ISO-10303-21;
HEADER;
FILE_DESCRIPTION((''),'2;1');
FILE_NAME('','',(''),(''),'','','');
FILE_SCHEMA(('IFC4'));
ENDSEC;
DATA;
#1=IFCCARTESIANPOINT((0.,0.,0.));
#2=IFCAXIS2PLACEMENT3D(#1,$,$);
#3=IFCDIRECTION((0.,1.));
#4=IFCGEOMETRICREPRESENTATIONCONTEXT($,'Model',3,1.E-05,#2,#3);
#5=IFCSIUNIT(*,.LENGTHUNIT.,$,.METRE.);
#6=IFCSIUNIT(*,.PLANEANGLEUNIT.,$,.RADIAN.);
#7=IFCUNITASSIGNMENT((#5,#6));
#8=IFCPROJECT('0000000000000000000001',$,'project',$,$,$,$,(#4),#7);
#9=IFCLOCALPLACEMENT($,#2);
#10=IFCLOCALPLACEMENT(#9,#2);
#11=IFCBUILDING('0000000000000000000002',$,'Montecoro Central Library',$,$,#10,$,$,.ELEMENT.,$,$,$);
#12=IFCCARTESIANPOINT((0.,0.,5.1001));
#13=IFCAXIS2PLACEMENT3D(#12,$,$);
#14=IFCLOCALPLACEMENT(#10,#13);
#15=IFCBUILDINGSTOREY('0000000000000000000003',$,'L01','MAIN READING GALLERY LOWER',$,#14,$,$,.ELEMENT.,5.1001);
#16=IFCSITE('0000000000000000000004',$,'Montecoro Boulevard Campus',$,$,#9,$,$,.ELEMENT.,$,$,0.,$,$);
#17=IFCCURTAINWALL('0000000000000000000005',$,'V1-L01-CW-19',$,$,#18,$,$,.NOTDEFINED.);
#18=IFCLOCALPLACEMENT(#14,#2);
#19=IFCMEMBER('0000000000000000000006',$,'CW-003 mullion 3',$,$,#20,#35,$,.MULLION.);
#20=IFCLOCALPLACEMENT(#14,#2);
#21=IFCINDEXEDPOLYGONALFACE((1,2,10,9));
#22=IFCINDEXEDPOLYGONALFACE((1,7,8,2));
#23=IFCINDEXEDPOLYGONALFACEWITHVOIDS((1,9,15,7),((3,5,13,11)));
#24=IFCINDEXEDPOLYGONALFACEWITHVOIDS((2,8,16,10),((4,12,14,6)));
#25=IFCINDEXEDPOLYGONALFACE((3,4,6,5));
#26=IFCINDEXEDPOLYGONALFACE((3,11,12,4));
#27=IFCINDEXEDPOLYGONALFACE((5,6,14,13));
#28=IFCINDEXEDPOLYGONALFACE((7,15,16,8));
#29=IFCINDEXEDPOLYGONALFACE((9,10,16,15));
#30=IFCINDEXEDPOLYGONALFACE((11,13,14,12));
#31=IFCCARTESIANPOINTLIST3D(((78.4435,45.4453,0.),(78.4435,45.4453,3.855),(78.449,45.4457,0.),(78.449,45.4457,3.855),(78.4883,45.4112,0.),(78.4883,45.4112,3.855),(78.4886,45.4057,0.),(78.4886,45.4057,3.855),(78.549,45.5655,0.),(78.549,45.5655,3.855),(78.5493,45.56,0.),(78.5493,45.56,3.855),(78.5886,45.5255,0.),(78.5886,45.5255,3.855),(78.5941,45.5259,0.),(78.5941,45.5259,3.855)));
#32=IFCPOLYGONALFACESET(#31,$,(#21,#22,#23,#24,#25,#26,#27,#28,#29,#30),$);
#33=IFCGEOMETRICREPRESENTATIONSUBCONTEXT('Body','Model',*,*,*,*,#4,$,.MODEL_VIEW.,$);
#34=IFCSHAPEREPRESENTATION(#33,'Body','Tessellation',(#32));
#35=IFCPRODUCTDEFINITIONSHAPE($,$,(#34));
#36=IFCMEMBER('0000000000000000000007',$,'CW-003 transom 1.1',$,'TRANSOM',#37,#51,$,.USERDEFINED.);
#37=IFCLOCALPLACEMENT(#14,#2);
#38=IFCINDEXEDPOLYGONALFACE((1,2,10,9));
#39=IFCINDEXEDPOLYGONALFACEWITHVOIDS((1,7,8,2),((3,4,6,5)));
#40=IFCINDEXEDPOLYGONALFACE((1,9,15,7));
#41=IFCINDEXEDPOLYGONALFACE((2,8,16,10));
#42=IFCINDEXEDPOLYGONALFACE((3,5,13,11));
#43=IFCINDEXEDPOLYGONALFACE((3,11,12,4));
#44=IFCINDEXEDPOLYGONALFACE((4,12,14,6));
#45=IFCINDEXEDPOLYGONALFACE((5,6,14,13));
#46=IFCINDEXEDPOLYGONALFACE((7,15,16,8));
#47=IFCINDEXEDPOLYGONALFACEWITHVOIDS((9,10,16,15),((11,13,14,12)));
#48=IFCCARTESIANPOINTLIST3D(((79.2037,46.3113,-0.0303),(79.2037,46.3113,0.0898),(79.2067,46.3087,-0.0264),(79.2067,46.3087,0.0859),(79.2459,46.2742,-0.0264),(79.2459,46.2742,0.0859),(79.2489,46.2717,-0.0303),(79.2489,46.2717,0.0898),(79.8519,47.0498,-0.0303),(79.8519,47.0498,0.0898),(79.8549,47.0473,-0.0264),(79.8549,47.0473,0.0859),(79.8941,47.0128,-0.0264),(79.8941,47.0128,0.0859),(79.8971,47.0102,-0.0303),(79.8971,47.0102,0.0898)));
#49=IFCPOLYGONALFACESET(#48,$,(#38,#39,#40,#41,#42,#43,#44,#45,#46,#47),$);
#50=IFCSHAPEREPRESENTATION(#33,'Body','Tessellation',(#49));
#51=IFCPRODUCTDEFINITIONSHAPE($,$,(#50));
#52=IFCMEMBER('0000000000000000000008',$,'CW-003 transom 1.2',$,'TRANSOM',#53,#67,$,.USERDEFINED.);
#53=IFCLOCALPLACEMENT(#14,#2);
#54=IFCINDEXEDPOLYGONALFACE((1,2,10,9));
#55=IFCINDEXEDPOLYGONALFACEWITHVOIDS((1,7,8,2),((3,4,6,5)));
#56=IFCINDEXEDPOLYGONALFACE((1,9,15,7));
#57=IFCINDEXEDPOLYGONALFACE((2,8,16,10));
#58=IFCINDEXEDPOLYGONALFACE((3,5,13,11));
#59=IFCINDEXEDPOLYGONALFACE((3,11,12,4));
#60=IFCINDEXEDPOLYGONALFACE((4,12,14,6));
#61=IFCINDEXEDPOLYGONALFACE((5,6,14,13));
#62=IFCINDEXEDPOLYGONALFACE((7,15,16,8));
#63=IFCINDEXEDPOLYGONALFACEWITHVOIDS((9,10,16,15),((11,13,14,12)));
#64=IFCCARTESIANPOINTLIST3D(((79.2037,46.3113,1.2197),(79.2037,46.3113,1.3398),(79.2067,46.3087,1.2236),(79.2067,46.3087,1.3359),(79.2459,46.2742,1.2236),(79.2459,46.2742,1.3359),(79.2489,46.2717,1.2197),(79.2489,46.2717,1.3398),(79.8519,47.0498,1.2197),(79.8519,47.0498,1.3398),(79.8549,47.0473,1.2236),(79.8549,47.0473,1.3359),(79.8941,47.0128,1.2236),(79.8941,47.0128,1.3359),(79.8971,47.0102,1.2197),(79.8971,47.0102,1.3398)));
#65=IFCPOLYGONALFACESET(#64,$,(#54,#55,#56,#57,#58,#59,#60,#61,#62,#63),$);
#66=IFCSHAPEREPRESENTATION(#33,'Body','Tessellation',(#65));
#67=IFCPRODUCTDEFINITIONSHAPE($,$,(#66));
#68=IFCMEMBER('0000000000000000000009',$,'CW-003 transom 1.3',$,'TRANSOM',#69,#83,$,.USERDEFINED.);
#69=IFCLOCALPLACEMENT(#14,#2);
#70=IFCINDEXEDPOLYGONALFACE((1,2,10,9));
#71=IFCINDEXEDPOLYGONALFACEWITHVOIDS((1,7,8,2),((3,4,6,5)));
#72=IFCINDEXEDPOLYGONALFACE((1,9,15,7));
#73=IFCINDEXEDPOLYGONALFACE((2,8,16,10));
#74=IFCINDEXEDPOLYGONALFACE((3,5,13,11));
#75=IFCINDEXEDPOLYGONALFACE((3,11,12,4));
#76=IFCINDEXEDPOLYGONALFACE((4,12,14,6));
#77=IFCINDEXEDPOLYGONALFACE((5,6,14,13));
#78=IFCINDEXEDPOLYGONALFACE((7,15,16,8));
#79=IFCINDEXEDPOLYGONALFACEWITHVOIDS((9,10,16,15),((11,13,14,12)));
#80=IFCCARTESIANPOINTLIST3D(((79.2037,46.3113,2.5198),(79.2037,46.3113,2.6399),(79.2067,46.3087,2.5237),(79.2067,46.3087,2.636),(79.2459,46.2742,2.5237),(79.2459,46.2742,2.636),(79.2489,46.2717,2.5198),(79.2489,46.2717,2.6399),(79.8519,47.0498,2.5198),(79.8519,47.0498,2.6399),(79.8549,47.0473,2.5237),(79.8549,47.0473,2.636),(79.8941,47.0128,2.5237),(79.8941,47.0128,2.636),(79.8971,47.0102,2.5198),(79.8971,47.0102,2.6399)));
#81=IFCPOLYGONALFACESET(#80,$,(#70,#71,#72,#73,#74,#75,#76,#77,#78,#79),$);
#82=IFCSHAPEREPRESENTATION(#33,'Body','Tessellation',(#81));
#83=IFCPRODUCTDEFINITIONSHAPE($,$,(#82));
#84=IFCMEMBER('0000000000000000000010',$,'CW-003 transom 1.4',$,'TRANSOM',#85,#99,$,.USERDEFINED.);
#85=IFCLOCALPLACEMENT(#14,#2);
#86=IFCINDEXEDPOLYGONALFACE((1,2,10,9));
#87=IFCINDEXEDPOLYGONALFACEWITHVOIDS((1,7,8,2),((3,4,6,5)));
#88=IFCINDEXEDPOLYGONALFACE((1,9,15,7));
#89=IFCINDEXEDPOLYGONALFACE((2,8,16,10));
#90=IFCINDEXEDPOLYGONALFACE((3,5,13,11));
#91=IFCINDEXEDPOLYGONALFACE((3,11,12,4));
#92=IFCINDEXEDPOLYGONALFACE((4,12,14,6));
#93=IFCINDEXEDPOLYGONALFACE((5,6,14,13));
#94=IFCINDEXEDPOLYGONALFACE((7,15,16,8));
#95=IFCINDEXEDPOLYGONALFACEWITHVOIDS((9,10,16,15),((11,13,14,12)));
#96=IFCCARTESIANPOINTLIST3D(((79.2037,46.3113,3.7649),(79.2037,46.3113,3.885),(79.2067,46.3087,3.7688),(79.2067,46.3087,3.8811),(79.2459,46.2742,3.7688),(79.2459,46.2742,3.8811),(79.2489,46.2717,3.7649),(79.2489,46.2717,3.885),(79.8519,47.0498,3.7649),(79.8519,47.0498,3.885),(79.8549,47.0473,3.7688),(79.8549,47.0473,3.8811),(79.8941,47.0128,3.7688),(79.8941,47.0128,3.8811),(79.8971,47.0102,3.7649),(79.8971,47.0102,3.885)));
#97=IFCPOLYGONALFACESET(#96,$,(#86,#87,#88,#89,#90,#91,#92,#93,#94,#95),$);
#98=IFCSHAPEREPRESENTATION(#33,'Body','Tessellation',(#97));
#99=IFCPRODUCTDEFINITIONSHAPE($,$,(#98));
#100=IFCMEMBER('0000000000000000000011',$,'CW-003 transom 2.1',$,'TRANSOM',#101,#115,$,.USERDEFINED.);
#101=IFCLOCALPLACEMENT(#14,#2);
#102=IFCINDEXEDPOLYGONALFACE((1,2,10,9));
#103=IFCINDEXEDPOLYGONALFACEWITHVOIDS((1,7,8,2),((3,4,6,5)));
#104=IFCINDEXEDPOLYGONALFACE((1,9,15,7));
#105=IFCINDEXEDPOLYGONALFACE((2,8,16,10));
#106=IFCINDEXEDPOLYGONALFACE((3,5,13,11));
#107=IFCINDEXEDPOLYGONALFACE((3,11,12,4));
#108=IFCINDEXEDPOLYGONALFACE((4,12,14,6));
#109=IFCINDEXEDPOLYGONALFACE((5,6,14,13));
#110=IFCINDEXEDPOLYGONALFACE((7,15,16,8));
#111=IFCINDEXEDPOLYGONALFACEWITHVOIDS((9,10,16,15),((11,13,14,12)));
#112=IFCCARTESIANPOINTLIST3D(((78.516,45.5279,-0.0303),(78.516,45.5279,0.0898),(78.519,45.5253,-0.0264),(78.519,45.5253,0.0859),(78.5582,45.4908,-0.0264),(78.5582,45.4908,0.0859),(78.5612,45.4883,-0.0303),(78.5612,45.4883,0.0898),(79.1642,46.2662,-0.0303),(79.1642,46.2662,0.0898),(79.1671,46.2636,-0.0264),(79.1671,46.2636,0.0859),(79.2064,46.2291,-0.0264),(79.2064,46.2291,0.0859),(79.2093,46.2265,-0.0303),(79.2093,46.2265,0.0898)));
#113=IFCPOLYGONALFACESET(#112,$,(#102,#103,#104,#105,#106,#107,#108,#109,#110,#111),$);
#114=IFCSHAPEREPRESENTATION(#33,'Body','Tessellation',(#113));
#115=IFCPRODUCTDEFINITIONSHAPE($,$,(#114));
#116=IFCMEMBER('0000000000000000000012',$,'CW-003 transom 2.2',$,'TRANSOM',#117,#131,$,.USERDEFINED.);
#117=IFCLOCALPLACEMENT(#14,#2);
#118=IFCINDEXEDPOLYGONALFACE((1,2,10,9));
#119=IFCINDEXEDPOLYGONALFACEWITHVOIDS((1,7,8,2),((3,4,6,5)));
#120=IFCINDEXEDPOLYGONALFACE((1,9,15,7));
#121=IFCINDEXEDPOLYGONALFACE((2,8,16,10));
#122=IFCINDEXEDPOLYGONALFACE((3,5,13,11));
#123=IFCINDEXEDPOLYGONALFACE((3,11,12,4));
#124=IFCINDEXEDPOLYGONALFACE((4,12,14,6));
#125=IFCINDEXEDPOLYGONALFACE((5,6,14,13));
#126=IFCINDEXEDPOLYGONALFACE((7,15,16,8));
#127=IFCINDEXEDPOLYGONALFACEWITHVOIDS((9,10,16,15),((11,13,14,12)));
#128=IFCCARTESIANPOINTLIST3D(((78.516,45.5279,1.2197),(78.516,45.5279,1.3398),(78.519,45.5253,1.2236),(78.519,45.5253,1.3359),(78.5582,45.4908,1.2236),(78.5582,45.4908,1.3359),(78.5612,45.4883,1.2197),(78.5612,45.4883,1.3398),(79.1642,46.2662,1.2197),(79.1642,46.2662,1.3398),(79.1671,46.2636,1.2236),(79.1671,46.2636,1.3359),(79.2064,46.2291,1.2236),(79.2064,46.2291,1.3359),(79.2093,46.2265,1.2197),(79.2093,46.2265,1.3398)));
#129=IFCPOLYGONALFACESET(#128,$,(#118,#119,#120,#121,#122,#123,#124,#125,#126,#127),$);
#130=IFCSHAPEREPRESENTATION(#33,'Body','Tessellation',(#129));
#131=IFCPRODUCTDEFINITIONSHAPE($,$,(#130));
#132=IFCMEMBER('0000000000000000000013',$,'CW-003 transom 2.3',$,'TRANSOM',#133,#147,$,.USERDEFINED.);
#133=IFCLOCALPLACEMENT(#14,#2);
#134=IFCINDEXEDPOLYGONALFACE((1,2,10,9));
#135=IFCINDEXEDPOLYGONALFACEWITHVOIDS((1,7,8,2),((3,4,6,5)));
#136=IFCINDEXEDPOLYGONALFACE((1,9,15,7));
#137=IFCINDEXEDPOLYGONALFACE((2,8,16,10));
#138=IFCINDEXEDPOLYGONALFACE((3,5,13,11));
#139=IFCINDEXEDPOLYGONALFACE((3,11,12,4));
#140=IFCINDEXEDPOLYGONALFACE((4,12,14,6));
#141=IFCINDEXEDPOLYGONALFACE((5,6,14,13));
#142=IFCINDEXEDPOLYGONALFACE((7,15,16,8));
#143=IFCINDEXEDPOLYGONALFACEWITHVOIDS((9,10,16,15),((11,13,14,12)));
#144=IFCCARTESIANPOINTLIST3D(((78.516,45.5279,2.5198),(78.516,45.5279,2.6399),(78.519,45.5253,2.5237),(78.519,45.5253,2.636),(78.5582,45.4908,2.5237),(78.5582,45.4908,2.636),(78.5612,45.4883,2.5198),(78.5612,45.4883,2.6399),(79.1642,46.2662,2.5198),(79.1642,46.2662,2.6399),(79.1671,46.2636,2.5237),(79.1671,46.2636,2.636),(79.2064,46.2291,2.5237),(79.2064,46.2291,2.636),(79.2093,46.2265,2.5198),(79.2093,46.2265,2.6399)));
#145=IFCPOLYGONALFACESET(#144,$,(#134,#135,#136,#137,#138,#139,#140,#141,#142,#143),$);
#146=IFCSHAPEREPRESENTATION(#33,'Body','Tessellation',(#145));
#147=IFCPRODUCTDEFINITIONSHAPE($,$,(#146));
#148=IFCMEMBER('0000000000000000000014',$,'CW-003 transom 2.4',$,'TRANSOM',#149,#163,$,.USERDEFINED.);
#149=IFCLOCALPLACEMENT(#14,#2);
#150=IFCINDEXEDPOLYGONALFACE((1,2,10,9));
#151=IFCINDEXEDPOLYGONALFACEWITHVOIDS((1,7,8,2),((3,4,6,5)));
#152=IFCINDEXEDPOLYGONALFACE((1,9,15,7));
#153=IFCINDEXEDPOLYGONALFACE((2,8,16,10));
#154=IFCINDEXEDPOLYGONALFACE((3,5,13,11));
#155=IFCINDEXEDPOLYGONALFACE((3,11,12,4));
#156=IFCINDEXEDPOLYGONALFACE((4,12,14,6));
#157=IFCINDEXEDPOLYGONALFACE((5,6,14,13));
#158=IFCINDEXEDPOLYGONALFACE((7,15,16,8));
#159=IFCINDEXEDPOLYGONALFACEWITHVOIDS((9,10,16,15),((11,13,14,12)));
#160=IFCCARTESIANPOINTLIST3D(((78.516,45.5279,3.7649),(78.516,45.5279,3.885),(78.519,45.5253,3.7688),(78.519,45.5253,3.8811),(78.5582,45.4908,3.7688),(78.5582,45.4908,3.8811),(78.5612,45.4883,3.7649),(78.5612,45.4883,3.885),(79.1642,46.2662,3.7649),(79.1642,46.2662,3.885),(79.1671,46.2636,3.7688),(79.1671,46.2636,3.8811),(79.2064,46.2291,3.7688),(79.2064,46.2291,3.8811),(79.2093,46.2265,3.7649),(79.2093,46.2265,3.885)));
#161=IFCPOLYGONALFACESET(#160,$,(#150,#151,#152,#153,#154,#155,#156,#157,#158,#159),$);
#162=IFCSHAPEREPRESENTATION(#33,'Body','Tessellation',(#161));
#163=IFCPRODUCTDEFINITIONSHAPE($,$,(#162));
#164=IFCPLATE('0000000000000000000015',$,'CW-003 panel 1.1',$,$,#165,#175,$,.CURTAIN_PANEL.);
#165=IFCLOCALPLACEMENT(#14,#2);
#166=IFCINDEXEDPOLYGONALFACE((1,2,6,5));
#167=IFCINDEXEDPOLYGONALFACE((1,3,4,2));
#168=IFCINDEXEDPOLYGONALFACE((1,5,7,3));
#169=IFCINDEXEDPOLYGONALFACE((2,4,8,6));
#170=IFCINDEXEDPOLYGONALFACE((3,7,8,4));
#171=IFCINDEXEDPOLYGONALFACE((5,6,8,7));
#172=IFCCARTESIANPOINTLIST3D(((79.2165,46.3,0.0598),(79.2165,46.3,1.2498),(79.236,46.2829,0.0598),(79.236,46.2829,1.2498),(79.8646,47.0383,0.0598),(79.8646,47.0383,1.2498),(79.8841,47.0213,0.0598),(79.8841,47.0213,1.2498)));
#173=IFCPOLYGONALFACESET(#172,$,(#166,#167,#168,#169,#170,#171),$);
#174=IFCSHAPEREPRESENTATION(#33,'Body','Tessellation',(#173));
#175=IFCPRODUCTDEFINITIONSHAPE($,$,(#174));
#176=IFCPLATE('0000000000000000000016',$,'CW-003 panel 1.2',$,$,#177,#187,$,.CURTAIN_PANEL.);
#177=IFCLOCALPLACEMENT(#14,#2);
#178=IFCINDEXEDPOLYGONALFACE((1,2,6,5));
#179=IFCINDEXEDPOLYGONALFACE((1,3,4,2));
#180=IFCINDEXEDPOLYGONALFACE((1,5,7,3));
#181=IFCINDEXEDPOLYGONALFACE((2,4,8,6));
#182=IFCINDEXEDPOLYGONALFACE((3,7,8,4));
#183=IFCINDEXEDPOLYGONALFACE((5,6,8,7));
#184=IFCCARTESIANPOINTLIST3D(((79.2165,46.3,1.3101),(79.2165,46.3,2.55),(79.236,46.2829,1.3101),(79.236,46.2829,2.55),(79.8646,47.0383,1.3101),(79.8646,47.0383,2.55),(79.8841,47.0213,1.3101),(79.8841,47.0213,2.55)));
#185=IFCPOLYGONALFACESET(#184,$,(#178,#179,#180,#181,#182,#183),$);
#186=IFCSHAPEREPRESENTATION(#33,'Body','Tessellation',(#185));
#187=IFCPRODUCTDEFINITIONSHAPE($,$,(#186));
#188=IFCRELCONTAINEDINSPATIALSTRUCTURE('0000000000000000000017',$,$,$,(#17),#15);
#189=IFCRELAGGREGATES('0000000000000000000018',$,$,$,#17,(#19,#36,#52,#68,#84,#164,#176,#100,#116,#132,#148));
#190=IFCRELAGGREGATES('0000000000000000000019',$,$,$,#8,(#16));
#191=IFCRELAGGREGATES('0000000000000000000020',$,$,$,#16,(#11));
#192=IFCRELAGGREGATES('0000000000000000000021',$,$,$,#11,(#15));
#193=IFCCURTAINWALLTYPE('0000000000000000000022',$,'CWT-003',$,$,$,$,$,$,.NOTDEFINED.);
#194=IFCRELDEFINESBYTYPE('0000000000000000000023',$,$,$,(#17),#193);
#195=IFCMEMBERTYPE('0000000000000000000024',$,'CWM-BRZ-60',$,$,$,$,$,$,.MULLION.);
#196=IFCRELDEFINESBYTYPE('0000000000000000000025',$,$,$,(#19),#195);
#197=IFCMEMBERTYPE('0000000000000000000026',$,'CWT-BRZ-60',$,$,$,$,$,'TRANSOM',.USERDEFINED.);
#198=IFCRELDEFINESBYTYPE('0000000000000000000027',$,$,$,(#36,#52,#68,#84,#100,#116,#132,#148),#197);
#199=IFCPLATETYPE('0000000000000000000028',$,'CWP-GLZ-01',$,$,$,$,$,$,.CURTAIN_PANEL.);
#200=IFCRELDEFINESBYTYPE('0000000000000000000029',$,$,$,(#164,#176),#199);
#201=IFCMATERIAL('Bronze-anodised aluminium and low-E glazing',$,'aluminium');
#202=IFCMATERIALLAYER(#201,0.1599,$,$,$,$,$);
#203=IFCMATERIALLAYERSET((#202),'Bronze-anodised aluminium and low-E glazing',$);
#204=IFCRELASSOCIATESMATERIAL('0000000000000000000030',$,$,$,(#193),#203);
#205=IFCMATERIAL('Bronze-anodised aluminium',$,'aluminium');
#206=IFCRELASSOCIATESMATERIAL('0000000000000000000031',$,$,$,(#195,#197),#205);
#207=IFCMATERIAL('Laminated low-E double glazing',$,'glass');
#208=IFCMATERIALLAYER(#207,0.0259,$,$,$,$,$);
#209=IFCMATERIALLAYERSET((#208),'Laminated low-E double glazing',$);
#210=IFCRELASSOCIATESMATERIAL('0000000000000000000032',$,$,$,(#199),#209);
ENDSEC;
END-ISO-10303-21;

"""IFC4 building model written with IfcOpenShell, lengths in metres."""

from ifc_helpers import new_model, si_unit, direction, frame, origin, origin_2d, place, context, subcontext, project, spatial, rectangle, hollow_rectangle, extrude, material, layer, layer_set, material_profile, profile_set, type_object, element, aggregate, save


model = new_model("IFC4")

# Units and contexts
model_context = context("Model", 3, precision=1e-05, world=origin(), true_north=direction((0.0, 1.0)))
body_context = subcontext(model_context, "Body", "Model", "MODEL_VIEW")
ifc_project = project(units=[si_unit("LENGTHUNIT", "METRE"), si_unit("PLANEANGLEUNIT", "RADIAN")], contexts=[model_context])

# Site, building, storey
site_placement = place(None, origin())
site = spatial("IfcSite", under=ifc_project, at=site_placement, Name="Montecoro Boulevard Campus", CompositionType="ELEMENT", RefElevation=0.0)
building_placement = place(site_placement, origin())
building = spatial("IfcBuilding", under=site, at=building_placement, Name="Montecoro Central Library", CompositionType="ELEMENT")
storey_placement = place(building_placement, frame((0.0, 0.0, 5.1001)))
storey = spatial("IfcBuildingStorey", under=building, at=storey_placement, Name="L01", Description="MAIN READING GALLERY LOWER", CompositionType="ELEMENT", Elevation=5.1001)

# Curtain wall, members, plates
ifc_material_1 = material(Name="Bronze-anodised aluminium and low-E glazing", Category="aluminium")
ifc_layer_1 = layer(ifc_material_1, 0.1599)
ifc_layer_set_1 = layer_set([ifc_layer_1], Name="Bronze-anodised aluminium and low-E glazing")
curtain_wall_type = type_object("IfcCurtainWallType", Name="CWT-003", PredefinedType="NOTDEFINED", material=ifc_layer_set_1)
curtain_wall_placement = place(storey_placement, origin())
curtain_wall = element("IfcCurtainWall", 1, at=curtain_wall_placement, inside=storey, type_object=curtain_wall_type, Name="V1-L01-CW-19", PredefinedType="NOTDEFINED")
ifc_material_2 = material(Name="Bronze-anodised aluminium", Category="aluminium")
ifc_material_profile_1 = material_profile(ifc_material_2, hollow_rectangle(XDim=0.0601, YDim=0.1599, WallThickness=0.0039, at=origin_2d()), Name="CWM 160x60x4.0")
ifc_profile_set_1 = profile_set([ifc_material_profile_1], Name="Bronze-anodised aluminium")
member_type_1 = type_object("IfcMemberType", Name="CWM-BRZ-60", PredefinedType="MULLION", material=ifc_profile_set_1)
member_1_placement = place(storey_placement, frame((78.5188, 45.4856, 0.0), z_axis=(0.0, 0.0, 1.0), x_axis=(0.751536, -0.659692, 0.0)))
member_1 = element("IfcMember", 2, at=member_1_placement, type_object=member_type_1, Name="CW-003 mullion 3", PredefinedType="MULLION", context=body_context, shape_type="SweptSolid", body=[
    extrude(hollow_rectangle(XDim=0.0601, YDim=0.1599, WallThickness=0.0039, at=origin_2d()), origin(), (0.0, 0.0, 1.0), 3.855),
])
ifc_material_profile_2 = material_profile(ifc_material_2, hollow_rectangle(XDim=0.0601, YDim=0.1201, WallThickness=0.0039, at=origin_2d()), Name="CWT 120x60x4.0")
ifc_profile_set_2 = profile_set([ifc_material_profile_2], Name="Bronze-anodised aluminium")
member_type_2 = type_object("IfcMemberType", Name="CWT-BRZ-60", ElementType="TRANSOM", PredefinedType="USERDEFINED", material=ifc_profile_set_2)
member_2_placement = place(storey_placement, frame((79.8745, 47.03, 0.0298), z_axis=(-0.659647, -0.751575, 0.0), x_axis=(0.751575, -0.659647, 0.0)))
member_2 = element("IfcMember", 3, at=member_2_placement, type_object=member_type_2, Name="CW-003 transom 1.1", ObjectType="TRANSOM", PredefinedType="USERDEFINED", context=body_context, shape_type="SweptSolid", body=[
    extrude(hollow_rectangle(XDim=0.0601, YDim=0.1201, WallThickness=0.0039, at=origin_2d()), origin(), (0.0, 0.0, 1.0), 0.9827),
])
member_3_placement = place(storey_placement, frame((79.8745, 47.03, 1.2798), z_axis=(-0.659647, -0.751575, 0.0), x_axis=(0.751575, -0.659647, 0.0)))
member_3 = element("IfcMember", 4, at=member_3_placement, type_object=member_type_2, Name="CW-003 transom 1.2", ObjectType="TRANSOM", PredefinedType="USERDEFINED", context=body_context, shape_type="SweptSolid", body=[
    extrude(hollow_rectangle(XDim=0.0601, YDim=0.1201, WallThickness=0.0039, at=origin_2d()), origin(), (0.0, 0.0, 1.0), 0.9827),
])
member_4_placement = place(storey_placement, frame((79.8745, 47.03, 2.5798), z_axis=(-0.659647, -0.751575, 0.0), x_axis=(0.751575, -0.659647, 0.0)))
member_4 = element("IfcMember", 5, at=member_4_placement, type_object=member_type_2, Name="CW-003 transom 1.3", ObjectType="TRANSOM", PredefinedType="USERDEFINED", context=body_context, shape_type="SweptSolid", body=[
    extrude(hollow_rectangle(XDim=0.0601, YDim=0.1201, WallThickness=0.0039, at=origin_2d()), origin(), (0.0, 0.0, 1.0), 0.9827),
])
member_5_placement = place(storey_placement, frame((79.8745, 47.03, 3.825), z_axis=(-0.659647, -0.751575, 0.0), x_axis=(0.751575, -0.659647, 0.0)))
member_5 = element("IfcMember", 6, at=member_5_placement, type_object=member_type_2, Name="CW-003 transom 1.4", ObjectType="TRANSOM", PredefinedType="USERDEFINED", context=body_context, shape_type="SweptSolid", body=[
    extrude(hollow_rectangle(XDim=0.0601, YDim=0.1201, WallThickness=0.0039, at=origin_2d()), origin(), (0.0, 0.0, 1.0), 0.9827),
])
member_6_placement = place(storey_placement, frame((79.1868, 46.2463, 0.0298), z_axis=(-0.65977, -0.751467, 0.0), x_axis=(0.751467, -0.65977, 0.0)))
member_6 = element("IfcMember", 7, at=member_6_placement, type_object=member_type_2, Name="CW-003 transom 2.1", ObjectType="TRANSOM", PredefinedType="USERDEFINED", context=body_context, shape_type="SweptSolid", body=[
    extrude(hollow_rectangle(XDim=0.0601, YDim=0.1201, WallThickness=0.0039, at=origin_2d()), origin(), (0.0, 0.0, 1.0), 0.9824),
])
member_7_placement = place(storey_placement, frame((79.1868, 46.2463, 1.2798), z_axis=(-0.65977, -0.751467, 0.0), x_axis=(0.751467, -0.65977, 0.0)))
member_7 = element("IfcMember", 8, at=member_7_placement, type_object=member_type_2, Name="CW-003 transom 2.2", ObjectType="TRANSOM", PredefinedType="USERDEFINED", context=body_context, shape_type="SweptSolid", body=[
    extrude(hollow_rectangle(XDim=0.0601, YDim=0.1201, WallThickness=0.0039, at=origin_2d()), origin(), (0.0, 0.0, 1.0), 0.9824),
])
member_8_placement = place(storey_placement, frame((79.1868, 46.2463, 2.5798), z_axis=(-0.65977, -0.751467, 0.0), x_axis=(0.751467, -0.65977, 0.0)))
member_8 = element("IfcMember", 9, at=member_8_placement, type_object=member_type_2, Name="CW-003 transom 2.3", ObjectType="TRANSOM", PredefinedType="USERDEFINED", context=body_context, shape_type="SweptSolid", body=[
    extrude(hollow_rectangle(XDim=0.0601, YDim=0.1201, WallThickness=0.0039, at=origin_2d()), origin(), (0.0, 0.0, 1.0), 0.9824),
])
member_9_placement = place(storey_placement, frame((79.1868, 46.2463, 3.825), z_axis=(-0.65977, -0.751467, 0.0), x_axis=(0.751467, -0.65977, 0.0)))
member_9 = element("IfcMember", 10, at=member_9_placement, type_object=member_type_2, Name="CW-003 transom 2.4", ObjectType="TRANSOM", PredefinedType="USERDEFINED", context=body_context, shape_type="SweptSolid", body=[
    extrude(hollow_rectangle(XDim=0.0601, YDim=0.1201, WallThickness=0.0039, at=origin_2d()), origin(), (0.0, 0.0, 1.0), 0.9824),
])
ifc_material_3 = material(Name="Laminated low-E double glazing", Category="glass")
ifc_layer_2 = layer(ifc_material_3, 0.0259)
ifc_layer_set_2 = layer_set([ifc_layer_2], Name="Laminated low-E double glazing")
plate_type = type_object("IfcPlateType", Name="CWP-GLZ-01", PredefinedType="CURTAIN_PANEL", material=ifc_layer_set_2)
plate_1_placement = place(storey_placement, frame((79.5503, 46.6606, 0.0598), z_axis=(0.0, 0.0, 1.0), x_axis=(-0.659692, -0.751536, 0.0)))
plate_1 = element("IfcPlate", 11, at=plate_1_placement, type_object=plate_type, Name="CW-003 panel 1.1", PredefinedType="CURTAIN_PANEL", context=body_context, shape_type="SweptSolid", body=[
    extrude(rectangle(XDim=0.9824, YDim=0.0259, at=origin_2d()), origin(), (0.0, 0.0, 1.0), 1.1899),
])
plate_2_placement = place(storey_placement, frame((79.5503, 46.6606, 1.3101), z_axis=(0.0, 0.0, 1.0), x_axis=(-0.659692, -0.751536, 0.0)))
plate_2 = element("IfcPlate", 12, at=plate_2_placement, type_object=plate_type, Name="CW-003 panel 1.2", PredefinedType="CURTAIN_PANEL", context=body_context, shape_type="SweptSolid", body=[
    extrude(rectangle(XDim=0.9824, YDim=0.0259, at=origin_2d()), origin(), (0.0, 0.0, 1.0), 1.24),
])
aggregate(curtain_wall, [member_1, member_2, member_3, member_4, member_5, plate_1, plate_2, member_6, member_7, member_8, member_9])

save(model, "model.ifc")
